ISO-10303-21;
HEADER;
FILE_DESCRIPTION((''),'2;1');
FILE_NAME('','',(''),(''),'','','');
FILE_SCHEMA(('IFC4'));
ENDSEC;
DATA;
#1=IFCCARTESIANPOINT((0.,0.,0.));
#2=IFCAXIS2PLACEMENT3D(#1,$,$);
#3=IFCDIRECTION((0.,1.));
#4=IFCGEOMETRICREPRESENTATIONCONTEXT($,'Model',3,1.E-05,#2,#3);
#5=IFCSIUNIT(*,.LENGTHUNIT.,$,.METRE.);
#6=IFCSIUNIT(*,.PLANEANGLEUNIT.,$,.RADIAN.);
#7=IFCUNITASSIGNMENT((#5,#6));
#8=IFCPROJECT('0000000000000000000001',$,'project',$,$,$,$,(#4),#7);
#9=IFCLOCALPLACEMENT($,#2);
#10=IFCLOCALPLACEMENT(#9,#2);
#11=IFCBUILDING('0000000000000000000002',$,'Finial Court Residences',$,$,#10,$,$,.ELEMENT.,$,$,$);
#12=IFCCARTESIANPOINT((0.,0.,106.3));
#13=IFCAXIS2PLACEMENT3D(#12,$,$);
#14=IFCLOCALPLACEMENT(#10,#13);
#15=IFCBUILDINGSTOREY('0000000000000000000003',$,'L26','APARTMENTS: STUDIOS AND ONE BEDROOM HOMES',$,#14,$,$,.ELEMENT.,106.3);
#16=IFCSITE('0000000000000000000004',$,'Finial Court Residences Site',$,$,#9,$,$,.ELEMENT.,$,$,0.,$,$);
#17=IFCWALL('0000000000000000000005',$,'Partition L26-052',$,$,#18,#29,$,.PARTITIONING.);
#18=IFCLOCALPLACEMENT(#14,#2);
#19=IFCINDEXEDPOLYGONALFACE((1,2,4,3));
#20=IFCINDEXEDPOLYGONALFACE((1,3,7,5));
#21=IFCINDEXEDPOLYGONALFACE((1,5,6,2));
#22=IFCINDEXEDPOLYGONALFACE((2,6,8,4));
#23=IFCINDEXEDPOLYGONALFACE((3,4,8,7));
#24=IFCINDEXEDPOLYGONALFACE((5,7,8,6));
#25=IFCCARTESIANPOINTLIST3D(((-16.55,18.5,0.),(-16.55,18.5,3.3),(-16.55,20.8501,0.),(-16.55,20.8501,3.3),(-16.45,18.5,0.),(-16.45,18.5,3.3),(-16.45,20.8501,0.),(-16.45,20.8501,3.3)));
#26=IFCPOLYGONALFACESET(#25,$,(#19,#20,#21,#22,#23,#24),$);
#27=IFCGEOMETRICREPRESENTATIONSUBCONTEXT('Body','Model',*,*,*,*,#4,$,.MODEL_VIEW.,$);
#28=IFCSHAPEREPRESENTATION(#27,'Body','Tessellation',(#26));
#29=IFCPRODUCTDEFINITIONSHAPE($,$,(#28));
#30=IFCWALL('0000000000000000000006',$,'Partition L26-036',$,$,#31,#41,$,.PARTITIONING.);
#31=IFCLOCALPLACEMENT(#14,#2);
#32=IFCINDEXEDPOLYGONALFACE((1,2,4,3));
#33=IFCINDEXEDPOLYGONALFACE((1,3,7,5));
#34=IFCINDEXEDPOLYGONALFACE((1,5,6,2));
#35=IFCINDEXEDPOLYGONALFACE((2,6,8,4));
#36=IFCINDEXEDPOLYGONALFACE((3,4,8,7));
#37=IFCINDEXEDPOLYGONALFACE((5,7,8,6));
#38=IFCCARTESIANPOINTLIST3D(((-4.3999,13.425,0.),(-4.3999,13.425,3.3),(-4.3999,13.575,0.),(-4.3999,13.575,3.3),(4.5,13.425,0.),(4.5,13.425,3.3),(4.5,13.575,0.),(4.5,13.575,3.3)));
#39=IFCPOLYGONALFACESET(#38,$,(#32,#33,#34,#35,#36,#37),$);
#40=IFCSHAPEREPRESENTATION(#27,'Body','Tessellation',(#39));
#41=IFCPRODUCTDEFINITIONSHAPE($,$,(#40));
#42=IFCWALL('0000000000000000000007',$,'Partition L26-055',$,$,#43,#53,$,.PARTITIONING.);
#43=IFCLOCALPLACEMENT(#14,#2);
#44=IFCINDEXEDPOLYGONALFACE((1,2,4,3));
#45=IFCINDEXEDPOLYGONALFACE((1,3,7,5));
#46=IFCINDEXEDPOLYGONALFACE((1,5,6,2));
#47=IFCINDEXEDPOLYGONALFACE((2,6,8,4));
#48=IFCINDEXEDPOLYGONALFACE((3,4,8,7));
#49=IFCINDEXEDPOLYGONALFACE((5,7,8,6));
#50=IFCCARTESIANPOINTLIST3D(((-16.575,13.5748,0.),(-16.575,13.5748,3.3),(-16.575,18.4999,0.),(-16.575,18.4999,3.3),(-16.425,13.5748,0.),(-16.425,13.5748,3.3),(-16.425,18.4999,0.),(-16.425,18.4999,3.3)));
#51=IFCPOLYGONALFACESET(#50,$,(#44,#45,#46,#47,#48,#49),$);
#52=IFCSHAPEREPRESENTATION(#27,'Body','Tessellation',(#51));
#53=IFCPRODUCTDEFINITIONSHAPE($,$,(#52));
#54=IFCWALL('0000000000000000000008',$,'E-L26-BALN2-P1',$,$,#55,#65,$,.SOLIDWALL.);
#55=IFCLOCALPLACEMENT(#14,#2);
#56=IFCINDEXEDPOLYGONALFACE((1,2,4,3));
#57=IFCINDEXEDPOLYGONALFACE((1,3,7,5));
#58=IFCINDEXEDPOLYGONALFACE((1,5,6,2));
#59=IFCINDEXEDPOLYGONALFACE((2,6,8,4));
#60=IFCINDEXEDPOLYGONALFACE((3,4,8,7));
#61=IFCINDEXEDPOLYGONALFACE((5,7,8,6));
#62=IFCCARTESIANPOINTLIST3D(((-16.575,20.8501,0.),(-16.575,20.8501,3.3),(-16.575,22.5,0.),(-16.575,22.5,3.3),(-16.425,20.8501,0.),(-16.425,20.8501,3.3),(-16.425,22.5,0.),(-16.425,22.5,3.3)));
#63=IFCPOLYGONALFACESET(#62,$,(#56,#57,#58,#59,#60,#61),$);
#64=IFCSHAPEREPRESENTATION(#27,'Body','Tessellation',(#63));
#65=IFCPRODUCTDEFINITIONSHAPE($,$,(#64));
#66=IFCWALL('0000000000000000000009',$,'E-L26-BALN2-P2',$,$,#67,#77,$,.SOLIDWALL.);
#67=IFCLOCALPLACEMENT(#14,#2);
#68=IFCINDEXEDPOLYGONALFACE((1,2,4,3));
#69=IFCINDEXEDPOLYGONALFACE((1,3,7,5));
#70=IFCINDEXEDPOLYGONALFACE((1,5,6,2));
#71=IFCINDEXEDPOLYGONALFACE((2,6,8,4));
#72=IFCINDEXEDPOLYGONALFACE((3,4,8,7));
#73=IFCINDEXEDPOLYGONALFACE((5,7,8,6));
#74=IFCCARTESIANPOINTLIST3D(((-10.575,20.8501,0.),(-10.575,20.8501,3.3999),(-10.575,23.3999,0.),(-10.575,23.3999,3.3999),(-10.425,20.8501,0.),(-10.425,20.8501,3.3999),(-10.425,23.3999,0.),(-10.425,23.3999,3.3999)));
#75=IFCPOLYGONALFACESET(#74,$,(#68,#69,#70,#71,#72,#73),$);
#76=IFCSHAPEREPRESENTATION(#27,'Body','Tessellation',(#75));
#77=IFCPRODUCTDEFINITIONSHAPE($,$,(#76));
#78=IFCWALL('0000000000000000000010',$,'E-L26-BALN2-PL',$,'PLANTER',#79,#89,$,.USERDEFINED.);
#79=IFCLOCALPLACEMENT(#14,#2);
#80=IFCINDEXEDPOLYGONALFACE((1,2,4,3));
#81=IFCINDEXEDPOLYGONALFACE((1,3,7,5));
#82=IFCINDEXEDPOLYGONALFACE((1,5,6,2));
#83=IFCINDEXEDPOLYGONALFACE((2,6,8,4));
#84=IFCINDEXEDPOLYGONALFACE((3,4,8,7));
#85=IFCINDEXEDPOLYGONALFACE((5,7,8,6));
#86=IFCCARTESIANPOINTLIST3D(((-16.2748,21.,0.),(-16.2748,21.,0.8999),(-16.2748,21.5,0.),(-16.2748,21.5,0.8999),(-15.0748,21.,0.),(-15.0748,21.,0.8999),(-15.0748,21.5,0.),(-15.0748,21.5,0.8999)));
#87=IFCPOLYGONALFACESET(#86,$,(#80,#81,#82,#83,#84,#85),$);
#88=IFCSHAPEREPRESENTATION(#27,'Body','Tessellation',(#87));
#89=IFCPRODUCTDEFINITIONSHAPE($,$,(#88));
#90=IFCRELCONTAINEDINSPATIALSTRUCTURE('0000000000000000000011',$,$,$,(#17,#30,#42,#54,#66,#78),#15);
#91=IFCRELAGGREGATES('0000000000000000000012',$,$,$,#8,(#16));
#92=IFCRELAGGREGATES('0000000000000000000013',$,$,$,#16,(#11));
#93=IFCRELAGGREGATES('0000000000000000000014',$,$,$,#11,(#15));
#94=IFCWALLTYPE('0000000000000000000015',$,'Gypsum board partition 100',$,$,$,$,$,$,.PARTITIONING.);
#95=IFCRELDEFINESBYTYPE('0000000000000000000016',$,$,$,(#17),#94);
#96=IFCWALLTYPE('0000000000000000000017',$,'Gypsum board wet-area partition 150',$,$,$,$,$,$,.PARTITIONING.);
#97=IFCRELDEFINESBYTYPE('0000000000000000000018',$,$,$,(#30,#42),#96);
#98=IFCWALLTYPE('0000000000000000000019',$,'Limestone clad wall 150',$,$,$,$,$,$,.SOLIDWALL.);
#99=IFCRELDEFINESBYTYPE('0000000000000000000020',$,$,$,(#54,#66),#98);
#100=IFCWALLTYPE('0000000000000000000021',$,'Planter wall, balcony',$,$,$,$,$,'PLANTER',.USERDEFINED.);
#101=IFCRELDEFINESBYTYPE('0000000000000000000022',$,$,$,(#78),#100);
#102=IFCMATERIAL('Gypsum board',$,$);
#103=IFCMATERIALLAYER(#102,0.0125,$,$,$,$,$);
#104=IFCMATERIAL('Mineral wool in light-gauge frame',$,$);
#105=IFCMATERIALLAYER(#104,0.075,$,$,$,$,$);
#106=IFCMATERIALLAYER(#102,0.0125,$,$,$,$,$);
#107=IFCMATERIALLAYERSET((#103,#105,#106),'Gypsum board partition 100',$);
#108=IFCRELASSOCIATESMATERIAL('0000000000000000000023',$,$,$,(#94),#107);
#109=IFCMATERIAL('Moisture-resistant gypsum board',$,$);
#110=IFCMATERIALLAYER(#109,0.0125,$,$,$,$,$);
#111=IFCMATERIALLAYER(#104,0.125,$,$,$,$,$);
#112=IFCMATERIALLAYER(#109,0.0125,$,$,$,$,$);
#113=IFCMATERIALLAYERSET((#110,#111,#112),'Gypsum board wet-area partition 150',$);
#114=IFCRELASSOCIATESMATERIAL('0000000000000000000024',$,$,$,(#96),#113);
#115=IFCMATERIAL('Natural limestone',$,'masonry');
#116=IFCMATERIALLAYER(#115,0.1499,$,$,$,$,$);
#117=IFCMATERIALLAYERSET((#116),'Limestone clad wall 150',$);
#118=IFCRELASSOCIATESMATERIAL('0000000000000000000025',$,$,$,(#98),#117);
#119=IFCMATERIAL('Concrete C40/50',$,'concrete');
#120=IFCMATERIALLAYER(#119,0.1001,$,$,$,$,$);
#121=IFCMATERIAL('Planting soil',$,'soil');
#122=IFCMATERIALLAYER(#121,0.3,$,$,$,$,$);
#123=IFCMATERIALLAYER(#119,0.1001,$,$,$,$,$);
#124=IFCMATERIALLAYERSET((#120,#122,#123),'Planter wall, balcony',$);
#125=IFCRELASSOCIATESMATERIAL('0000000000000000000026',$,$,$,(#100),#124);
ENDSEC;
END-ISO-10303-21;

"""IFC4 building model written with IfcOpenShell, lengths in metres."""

from ifc_helpers import new_model, si_unit, direction, frame, frame_2d, origin, place, context, subcontext, project, spatial, rectangle, extrude, material, layer, layer_set, type_object, element, save


model = new_model("IFC4")

# Units and contexts
model_context = context("Model", 3, precision=1e-05, world=origin(), true_north=direction((0.0, 1.0)))
body_context = subcontext(model_context, "Body", "Model", "MODEL_VIEW")
ifc_project = project(units=[si_unit("LENGTHUNIT", "METRE"), si_unit("PLANEANGLEUNIT", "RADIAN")], contexts=[model_context])

# Site, building, storey
site_placement = place(None, origin())
site = spatial("IfcSite", under=ifc_project, at=site_placement, Name="Finial Court Residences Site", CompositionType="ELEMENT", RefElevation=0.0)
building_placement = place(site_placement, origin())
building = spatial("IfcBuilding", under=site, at=building_placement, Name="Finial Court Residences", CompositionType="ELEMENT")
storey_placement = place(building_placement, frame((0.0, 0.0, 106.3)))
storey = spatial("IfcBuildingStorey", under=building, at=storey_placement, Name="L26", Description="APARTMENTS: STUDIOS AND ONE BEDROOM HOMES", CompositionType="ELEMENT", Elevation=106.3)

# Shared definitions
ifc_material_1 = material(Name="Gypsum board")

# Shared definitions
ifc_layer_1 = layer(ifc_material_1, 0.0125)
ifc_material_2 = material(Name="Mineral wool in light-gauge frame")
ifc_layer_2 = layer(ifc_material_2, 0.075)
ifc_layer_3 = layer(ifc_material_1, 0.0125)
ifc_layer_set_1 = layer_set([ifc_layer_1, ifc_layer_2, ifc_layer_3], Name="Gypsum board partition 100")
wall_type_1 = type_object("IfcWallType", Name="Gypsum board partition 100", PredefinedType="PARTITIONING", material=ifc_layer_set_1)

# Walls
wall_1_placement = place(storey_placement, frame((-16.5, 18.5, 0.0), z_axis=(0.0, 0.0, 1.0), x_axis=(0.0, 1.0, 0.0)))
element("IfcWall", 1, at=wall_1_placement, inside=storey, type_object=wall_type_1, Name="Partition L26-052", PredefinedType="PARTITIONING", context=body_context, shape_type="SweptSolid", body=[
    extrude(rectangle(XDim=2.3501, YDim=0.1001, at=frame_2d((1.175, 0.0))), origin(), (0.0, 0.0, 1.0), 3.3),
])
ifc_material_3 = material(Name="Moisture-resistant gypsum board")
ifc_layer_4 = layer(ifc_material_3, 0.0125)
ifc_layer_5 = layer(ifc_material_2, 0.125)
ifc_layer_6 = layer(ifc_material_3, 0.0125)
ifc_layer_set_2 = layer_set([ifc_layer_4, ifc_layer_5, ifc_layer_6], Name="Gypsum board wet-area partition 150")
wall_type_2 = type_object("IfcWallType", Name="Gypsum board wet-area partition 150", PredefinedType="PARTITIONING", material=ifc_layer_set_2)
wall_2_placement = place(storey_placement, frame((-4.3999, 13.5, 0.0), z_axis=(0.0, 0.0, 1.0), x_axis=(1.0, 0.0, 0.0)))
element("IfcWall", 2, at=wall_2_placement, inside=storey, type_object=wall_type_2, Name="Partition L26-036", PredefinedType="PARTITIONING", context=body_context, shape_type="SweptSolid", body=[
    extrude(rectangle(XDim=8.8999, YDim=0.1499, at=frame_2d((4.45, 0.0))), origin(), (0.0, 0.0, 1.0), 3.3),
])
wall_3_placement = place(storey_placement, frame((-16.5, 13.575, 0.0), z_axis=(0.0, 0.0, 1.0), x_axis=(0.0, 1.0, 0.0)))
element("IfcWall", 3, at=wall_3_placement, inside=storey, type_object=wall_type_2, Name="Partition L26-055", PredefinedType="PARTITIONING", context=body_context, shape_type="SweptSolid", body=[
    extrude(rectangle(XDim=4.925, YDim=0.1499, at=frame_2d((2.4624, 0.0))), origin(), (0.0, 0.0, 1.0), 3.3),
])
ifc_material_4 = material(Name="Natural limestone", Category="masonry")
ifc_layer_7 = layer(ifc_material_4, 0.1499)
ifc_layer_set_3 = layer_set([ifc_layer_7], Name="Limestone clad wall 150")
wall_type_3 = type_object("IfcWallType", Name="Limestone clad wall 150", PredefinedType="SOLIDWALL", material=ifc_layer_set_3)
wall_4_placement = place(storey_placement, frame((-16.5, 20.8501, 0.0), z_axis=(0.0, 0.0, 1.0), x_axis=(0.0, 1.0, 0.0)))
element("IfcWall", 4, at=wall_4_placement, inside=storey, type_object=wall_type_3, Name="E-L26-BALN2-P1", PredefinedType="SOLIDWALL", context=body_context, shape_type="SweptSolid", body=[
    extrude(rectangle(XDim=1.6499, YDim=0.1499, at=frame_2d((0.825, 0.0))), origin(), (0.0, 0.0, 1.0), 3.3),
])
wall_5_placement = place(storey_placement, frame((-10.5, 20.8501, 0.0), z_axis=(0.0, 0.0, 1.0), x_axis=(0.0, 1.0, 0.0)))
element("IfcWall", 5, at=wall_5_placement, inside=storey, type_object=wall_type_3, Name="E-L26-BALN2-P2", PredefinedType="SOLIDWALL", context=body_context, shape_type="SweptSolid", body=[
    extrude(rectangle(XDim=2.5498, YDim=0.1499, at=frame_2d((1.2749, 0.0))), origin(), (0.0, 0.0, 1.0), 3.3999),
])

# Wall
ifc_material_5 = material(Name="Concrete C40/50", Category="concrete")
ifc_layer_8 = layer(ifc_material_5, 0.1001)
ifc_material_6 = material(Name="Planting soil", Category="soil")
ifc_layer_9 = layer(ifc_material_6, 0.3)
ifc_layer_10 = layer(ifc_material_5, 0.1001)
ifc_layer_set_4 = layer_set([ifc_layer_8, ifc_layer_9, ifc_layer_10], Name="Planter wall, balcony")
wall_type_4 = type_object("IfcWallType", Name="Planter wall, balcony", ElementType="PLANTER", PredefinedType="USERDEFINED", material=ifc_layer_set_4)
wall_6_placement = place(storey_placement, frame((-16.2749, 21.25, 0.0), z_axis=(0.0, 0.0, 1.0), x_axis=(1.0, 0.0, 0.0)))
element("IfcWall", 6, at=wall_6_placement, inside=storey, type_object=wall_type_4, Name="E-L26-BALN2-PL", ObjectType="PLANTER", PredefinedType="USERDEFINED", context=body_context, shape_type="SweptSolid", body=[
    extrude(rectangle(XDim=1.2, YDim=0.5, at=frame_2d((0.6001, 0.0))), origin(), (0.0, 0.0, 1.0), 0.8999),
])

save(model, "model.ifc")
